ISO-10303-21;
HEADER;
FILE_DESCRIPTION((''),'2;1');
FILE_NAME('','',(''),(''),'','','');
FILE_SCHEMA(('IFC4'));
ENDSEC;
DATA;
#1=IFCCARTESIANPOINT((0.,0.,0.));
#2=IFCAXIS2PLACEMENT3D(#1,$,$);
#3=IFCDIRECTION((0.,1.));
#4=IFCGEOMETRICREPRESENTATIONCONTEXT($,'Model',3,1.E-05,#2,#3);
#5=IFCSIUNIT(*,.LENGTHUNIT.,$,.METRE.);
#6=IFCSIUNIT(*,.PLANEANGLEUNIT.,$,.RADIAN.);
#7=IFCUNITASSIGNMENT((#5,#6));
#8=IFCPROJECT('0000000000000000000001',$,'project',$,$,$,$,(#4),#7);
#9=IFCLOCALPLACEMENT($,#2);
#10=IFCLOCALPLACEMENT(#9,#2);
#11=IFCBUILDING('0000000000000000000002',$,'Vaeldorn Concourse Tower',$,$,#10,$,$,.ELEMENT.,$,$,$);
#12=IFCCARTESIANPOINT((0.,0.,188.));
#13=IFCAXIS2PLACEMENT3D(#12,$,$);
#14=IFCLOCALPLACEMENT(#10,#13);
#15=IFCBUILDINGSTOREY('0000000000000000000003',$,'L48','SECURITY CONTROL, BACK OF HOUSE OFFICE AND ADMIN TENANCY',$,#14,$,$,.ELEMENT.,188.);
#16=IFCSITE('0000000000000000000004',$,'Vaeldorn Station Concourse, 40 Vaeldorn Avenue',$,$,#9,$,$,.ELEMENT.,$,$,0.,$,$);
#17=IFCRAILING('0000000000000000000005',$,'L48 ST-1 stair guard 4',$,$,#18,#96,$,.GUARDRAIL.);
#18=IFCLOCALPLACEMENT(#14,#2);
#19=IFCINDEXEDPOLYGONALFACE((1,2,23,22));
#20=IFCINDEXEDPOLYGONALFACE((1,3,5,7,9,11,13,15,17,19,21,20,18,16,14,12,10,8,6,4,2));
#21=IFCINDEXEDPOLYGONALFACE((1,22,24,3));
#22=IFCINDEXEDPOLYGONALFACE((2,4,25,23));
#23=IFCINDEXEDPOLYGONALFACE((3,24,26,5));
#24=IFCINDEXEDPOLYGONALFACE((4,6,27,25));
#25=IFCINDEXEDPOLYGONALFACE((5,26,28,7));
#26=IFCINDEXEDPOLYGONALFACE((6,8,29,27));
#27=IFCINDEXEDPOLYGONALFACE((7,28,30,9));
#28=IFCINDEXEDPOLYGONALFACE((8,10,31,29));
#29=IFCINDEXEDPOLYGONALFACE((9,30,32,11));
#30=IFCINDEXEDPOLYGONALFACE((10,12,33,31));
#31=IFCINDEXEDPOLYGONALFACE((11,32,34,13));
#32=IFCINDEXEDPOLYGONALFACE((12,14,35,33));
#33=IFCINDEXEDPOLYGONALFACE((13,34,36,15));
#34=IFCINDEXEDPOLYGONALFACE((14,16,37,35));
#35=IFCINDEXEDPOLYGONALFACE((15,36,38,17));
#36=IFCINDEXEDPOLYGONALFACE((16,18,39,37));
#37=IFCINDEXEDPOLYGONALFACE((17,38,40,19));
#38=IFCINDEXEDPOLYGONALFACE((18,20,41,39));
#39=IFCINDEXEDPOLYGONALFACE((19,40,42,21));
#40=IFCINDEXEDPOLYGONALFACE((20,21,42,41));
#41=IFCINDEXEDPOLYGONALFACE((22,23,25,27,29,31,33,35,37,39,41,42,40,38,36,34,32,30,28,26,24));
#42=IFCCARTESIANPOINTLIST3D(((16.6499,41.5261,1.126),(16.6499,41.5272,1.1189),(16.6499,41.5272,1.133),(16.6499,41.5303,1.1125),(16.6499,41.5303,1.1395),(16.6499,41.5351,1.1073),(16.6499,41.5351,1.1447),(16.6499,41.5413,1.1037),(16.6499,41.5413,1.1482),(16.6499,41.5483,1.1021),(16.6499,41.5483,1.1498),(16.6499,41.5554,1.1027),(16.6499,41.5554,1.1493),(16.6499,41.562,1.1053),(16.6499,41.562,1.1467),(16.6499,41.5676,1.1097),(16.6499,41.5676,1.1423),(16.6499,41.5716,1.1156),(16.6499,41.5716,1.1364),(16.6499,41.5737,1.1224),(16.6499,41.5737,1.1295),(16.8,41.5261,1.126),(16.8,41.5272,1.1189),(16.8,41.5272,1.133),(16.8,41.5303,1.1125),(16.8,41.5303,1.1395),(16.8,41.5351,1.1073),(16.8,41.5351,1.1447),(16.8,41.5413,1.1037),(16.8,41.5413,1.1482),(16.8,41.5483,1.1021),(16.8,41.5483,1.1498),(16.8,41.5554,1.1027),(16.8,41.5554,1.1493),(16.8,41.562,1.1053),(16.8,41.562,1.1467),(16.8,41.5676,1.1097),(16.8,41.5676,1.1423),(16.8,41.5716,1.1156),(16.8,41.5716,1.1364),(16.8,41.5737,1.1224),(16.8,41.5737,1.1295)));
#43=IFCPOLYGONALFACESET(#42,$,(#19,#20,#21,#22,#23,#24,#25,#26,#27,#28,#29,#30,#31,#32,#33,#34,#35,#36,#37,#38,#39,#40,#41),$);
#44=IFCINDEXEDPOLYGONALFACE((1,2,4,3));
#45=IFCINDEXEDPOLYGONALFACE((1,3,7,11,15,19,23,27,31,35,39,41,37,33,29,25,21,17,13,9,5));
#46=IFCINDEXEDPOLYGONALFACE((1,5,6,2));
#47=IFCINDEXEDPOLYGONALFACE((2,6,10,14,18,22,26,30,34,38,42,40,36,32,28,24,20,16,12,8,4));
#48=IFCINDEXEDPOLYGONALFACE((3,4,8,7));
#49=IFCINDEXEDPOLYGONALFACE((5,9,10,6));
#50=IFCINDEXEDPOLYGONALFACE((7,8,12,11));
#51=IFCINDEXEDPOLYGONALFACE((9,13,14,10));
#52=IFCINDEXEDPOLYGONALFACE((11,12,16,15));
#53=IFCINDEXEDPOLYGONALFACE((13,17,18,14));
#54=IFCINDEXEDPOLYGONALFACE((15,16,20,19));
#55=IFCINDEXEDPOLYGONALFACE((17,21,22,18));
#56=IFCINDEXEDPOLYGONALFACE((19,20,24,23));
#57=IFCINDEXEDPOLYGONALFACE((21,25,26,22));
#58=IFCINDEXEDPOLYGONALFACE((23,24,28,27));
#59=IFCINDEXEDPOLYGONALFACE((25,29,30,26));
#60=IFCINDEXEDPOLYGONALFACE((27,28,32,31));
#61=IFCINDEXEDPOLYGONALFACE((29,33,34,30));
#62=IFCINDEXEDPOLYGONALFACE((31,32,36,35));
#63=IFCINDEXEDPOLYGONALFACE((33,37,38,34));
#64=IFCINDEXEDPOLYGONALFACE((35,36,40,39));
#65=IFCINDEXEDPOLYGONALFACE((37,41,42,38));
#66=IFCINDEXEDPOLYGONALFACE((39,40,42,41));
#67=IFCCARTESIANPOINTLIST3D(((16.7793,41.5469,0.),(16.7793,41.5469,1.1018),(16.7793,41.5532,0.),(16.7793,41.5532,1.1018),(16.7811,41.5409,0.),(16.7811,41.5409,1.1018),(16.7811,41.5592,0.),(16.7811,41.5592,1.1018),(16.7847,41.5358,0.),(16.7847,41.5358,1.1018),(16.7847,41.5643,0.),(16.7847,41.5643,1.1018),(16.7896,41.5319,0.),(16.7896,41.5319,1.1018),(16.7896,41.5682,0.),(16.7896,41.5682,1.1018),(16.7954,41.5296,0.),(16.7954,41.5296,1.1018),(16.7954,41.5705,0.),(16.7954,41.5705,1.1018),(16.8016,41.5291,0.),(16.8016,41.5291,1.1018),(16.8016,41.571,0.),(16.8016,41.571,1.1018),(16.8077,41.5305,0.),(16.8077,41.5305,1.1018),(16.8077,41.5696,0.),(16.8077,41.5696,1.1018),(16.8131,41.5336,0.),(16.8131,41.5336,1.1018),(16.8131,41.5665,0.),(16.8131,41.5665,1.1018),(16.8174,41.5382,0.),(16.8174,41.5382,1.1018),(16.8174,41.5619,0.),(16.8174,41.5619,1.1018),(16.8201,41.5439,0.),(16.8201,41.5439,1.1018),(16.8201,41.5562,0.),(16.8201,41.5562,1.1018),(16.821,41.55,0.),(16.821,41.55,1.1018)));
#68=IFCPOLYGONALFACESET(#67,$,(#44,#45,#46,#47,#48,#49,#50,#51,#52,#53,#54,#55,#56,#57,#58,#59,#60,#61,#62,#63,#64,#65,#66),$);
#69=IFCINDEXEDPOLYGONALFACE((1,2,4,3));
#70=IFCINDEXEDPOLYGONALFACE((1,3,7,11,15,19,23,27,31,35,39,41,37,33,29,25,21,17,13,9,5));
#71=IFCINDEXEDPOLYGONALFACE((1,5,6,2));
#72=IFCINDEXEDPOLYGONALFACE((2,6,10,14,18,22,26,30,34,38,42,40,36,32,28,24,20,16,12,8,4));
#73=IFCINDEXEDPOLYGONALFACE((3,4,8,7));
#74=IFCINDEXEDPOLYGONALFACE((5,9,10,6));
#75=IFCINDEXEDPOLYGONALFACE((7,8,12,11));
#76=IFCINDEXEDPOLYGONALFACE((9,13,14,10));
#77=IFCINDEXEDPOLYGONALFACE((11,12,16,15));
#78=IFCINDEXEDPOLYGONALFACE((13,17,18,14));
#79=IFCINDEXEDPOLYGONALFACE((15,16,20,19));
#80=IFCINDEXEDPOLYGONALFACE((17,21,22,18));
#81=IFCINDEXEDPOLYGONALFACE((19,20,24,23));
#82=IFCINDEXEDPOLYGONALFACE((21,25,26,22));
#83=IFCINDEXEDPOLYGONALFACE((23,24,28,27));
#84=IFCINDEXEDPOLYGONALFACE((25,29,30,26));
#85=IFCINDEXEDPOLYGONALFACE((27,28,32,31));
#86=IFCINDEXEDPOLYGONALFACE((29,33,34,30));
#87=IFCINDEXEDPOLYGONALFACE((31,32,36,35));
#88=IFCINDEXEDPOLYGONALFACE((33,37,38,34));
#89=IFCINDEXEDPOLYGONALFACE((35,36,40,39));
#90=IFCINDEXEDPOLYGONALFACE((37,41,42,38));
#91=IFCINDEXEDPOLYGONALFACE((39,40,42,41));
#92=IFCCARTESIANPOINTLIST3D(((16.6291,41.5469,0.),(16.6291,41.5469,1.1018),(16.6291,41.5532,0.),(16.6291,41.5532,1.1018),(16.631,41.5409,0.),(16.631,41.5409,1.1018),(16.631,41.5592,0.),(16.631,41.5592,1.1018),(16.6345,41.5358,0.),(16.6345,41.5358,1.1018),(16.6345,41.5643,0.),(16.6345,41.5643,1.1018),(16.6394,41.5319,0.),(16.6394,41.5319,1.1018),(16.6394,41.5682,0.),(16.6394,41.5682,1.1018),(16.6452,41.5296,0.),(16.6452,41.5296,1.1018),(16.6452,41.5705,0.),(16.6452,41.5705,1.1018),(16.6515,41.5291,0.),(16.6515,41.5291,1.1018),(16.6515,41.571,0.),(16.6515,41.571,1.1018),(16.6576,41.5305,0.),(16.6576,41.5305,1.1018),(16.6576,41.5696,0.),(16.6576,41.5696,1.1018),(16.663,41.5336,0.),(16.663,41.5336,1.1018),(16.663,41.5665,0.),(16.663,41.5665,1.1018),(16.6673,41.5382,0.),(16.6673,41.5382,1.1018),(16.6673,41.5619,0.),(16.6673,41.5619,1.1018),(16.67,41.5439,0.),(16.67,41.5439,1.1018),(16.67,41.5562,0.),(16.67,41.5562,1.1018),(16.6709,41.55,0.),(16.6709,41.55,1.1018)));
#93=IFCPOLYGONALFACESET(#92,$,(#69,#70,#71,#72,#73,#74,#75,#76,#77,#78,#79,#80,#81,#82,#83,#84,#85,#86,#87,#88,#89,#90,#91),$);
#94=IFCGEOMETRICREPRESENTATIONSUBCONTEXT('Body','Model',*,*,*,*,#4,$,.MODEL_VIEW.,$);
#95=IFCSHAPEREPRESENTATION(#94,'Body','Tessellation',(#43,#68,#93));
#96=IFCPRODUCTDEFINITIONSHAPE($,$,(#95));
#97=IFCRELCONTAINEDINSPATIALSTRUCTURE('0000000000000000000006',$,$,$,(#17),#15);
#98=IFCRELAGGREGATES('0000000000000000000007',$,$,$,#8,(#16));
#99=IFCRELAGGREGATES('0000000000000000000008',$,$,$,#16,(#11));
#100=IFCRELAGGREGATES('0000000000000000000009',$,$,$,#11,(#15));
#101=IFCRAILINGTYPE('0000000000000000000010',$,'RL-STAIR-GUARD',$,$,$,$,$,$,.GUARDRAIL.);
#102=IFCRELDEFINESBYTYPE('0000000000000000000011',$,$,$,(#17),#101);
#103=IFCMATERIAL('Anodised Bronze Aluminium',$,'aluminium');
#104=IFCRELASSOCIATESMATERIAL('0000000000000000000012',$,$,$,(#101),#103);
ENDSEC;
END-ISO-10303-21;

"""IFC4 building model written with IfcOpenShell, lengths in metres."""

from ifc_helpers import new_model, si_unit, direction, frame, origin, origin_2d, place, context, subcontext, project, spatial, circle, extrude, material, type_object, element, save


model = new_model("IFC4")

# Units and contexts
model_context = context("Model", 3, precision=1e-05, world=origin(), true_north=direction((0.0, 1.0)))
body_context = subcontext(model_context, "Body", "Model", "MODEL_VIEW")
ifc_project = project(units=[si_unit("LENGTHUNIT", "METRE"), si_unit("PLANEANGLEUNIT", "RADIAN")], contexts=[model_context])

# Site, building, storey
site_placement = place(None, origin())
site = spatial("IfcSite", under=ifc_project, at=site_placement, Name="Vaeldorn Station Concourse, 40 Vaeldorn Avenue", CompositionType="ELEMENT", RefElevation=0.0)
building_placement = place(site_placement, origin())
building = spatial("IfcBuilding", under=site, at=building_placement, Name="Vaeldorn Concourse Tower", CompositionType="ELEMENT")
storey_placement = place(building_placement, frame((0.0, 0.0, 188.0)))
storey = spatial("IfcBuildingStorey", under=building, at=storey_placement, Name="L48", Description="SECURITY CONTROL, BACK OF HOUSE OFFICE AND ADMIN TENANCY", CompositionType="ELEMENT", Elevation=188.0)

# Shared definitions
ifc_material_1 = material(Name="Anodised Bronze Aluminium", Category="aluminium")

# Railing
railing_type_1 = type_object("IfcRailingType", Name="RL-STAIR-GUARD", PredefinedType="GUARDRAIL", material=ifc_material_1)
railing_1_placement = place(storey_placement, frame((16.8, 41.55, 0.0)))
element("IfcRailing", 1, at=railing_1_placement, inside=storey, type_object=railing_type_1, Name="L48 ST-1 stair guard 4", PredefinedType="GUARDRAIL", context=body_context, shape_type="SweptSolid", body=[
    extrude(circle(Radius=0.0239, at=origin_2d()), frame((0.0, 0.0, 1.126), z_axis=(-1.0, 0.0, 0.0), x_axis=(0.0, -1.0, 0.0)), (0.0, 0.0, 1.0), 0.1501),
    extrude(circle(Radius=0.021, at=origin_2d()), origin(), (0.0, 0.0, 1.0), 1.1018),
    extrude(circle(Radius=0.021, at=origin_2d()), frame((-0.1501, 0.0, 0.0)), (0.0, 0.0, 1.0), 1.1018),
])

save(model, "model.ifc")
